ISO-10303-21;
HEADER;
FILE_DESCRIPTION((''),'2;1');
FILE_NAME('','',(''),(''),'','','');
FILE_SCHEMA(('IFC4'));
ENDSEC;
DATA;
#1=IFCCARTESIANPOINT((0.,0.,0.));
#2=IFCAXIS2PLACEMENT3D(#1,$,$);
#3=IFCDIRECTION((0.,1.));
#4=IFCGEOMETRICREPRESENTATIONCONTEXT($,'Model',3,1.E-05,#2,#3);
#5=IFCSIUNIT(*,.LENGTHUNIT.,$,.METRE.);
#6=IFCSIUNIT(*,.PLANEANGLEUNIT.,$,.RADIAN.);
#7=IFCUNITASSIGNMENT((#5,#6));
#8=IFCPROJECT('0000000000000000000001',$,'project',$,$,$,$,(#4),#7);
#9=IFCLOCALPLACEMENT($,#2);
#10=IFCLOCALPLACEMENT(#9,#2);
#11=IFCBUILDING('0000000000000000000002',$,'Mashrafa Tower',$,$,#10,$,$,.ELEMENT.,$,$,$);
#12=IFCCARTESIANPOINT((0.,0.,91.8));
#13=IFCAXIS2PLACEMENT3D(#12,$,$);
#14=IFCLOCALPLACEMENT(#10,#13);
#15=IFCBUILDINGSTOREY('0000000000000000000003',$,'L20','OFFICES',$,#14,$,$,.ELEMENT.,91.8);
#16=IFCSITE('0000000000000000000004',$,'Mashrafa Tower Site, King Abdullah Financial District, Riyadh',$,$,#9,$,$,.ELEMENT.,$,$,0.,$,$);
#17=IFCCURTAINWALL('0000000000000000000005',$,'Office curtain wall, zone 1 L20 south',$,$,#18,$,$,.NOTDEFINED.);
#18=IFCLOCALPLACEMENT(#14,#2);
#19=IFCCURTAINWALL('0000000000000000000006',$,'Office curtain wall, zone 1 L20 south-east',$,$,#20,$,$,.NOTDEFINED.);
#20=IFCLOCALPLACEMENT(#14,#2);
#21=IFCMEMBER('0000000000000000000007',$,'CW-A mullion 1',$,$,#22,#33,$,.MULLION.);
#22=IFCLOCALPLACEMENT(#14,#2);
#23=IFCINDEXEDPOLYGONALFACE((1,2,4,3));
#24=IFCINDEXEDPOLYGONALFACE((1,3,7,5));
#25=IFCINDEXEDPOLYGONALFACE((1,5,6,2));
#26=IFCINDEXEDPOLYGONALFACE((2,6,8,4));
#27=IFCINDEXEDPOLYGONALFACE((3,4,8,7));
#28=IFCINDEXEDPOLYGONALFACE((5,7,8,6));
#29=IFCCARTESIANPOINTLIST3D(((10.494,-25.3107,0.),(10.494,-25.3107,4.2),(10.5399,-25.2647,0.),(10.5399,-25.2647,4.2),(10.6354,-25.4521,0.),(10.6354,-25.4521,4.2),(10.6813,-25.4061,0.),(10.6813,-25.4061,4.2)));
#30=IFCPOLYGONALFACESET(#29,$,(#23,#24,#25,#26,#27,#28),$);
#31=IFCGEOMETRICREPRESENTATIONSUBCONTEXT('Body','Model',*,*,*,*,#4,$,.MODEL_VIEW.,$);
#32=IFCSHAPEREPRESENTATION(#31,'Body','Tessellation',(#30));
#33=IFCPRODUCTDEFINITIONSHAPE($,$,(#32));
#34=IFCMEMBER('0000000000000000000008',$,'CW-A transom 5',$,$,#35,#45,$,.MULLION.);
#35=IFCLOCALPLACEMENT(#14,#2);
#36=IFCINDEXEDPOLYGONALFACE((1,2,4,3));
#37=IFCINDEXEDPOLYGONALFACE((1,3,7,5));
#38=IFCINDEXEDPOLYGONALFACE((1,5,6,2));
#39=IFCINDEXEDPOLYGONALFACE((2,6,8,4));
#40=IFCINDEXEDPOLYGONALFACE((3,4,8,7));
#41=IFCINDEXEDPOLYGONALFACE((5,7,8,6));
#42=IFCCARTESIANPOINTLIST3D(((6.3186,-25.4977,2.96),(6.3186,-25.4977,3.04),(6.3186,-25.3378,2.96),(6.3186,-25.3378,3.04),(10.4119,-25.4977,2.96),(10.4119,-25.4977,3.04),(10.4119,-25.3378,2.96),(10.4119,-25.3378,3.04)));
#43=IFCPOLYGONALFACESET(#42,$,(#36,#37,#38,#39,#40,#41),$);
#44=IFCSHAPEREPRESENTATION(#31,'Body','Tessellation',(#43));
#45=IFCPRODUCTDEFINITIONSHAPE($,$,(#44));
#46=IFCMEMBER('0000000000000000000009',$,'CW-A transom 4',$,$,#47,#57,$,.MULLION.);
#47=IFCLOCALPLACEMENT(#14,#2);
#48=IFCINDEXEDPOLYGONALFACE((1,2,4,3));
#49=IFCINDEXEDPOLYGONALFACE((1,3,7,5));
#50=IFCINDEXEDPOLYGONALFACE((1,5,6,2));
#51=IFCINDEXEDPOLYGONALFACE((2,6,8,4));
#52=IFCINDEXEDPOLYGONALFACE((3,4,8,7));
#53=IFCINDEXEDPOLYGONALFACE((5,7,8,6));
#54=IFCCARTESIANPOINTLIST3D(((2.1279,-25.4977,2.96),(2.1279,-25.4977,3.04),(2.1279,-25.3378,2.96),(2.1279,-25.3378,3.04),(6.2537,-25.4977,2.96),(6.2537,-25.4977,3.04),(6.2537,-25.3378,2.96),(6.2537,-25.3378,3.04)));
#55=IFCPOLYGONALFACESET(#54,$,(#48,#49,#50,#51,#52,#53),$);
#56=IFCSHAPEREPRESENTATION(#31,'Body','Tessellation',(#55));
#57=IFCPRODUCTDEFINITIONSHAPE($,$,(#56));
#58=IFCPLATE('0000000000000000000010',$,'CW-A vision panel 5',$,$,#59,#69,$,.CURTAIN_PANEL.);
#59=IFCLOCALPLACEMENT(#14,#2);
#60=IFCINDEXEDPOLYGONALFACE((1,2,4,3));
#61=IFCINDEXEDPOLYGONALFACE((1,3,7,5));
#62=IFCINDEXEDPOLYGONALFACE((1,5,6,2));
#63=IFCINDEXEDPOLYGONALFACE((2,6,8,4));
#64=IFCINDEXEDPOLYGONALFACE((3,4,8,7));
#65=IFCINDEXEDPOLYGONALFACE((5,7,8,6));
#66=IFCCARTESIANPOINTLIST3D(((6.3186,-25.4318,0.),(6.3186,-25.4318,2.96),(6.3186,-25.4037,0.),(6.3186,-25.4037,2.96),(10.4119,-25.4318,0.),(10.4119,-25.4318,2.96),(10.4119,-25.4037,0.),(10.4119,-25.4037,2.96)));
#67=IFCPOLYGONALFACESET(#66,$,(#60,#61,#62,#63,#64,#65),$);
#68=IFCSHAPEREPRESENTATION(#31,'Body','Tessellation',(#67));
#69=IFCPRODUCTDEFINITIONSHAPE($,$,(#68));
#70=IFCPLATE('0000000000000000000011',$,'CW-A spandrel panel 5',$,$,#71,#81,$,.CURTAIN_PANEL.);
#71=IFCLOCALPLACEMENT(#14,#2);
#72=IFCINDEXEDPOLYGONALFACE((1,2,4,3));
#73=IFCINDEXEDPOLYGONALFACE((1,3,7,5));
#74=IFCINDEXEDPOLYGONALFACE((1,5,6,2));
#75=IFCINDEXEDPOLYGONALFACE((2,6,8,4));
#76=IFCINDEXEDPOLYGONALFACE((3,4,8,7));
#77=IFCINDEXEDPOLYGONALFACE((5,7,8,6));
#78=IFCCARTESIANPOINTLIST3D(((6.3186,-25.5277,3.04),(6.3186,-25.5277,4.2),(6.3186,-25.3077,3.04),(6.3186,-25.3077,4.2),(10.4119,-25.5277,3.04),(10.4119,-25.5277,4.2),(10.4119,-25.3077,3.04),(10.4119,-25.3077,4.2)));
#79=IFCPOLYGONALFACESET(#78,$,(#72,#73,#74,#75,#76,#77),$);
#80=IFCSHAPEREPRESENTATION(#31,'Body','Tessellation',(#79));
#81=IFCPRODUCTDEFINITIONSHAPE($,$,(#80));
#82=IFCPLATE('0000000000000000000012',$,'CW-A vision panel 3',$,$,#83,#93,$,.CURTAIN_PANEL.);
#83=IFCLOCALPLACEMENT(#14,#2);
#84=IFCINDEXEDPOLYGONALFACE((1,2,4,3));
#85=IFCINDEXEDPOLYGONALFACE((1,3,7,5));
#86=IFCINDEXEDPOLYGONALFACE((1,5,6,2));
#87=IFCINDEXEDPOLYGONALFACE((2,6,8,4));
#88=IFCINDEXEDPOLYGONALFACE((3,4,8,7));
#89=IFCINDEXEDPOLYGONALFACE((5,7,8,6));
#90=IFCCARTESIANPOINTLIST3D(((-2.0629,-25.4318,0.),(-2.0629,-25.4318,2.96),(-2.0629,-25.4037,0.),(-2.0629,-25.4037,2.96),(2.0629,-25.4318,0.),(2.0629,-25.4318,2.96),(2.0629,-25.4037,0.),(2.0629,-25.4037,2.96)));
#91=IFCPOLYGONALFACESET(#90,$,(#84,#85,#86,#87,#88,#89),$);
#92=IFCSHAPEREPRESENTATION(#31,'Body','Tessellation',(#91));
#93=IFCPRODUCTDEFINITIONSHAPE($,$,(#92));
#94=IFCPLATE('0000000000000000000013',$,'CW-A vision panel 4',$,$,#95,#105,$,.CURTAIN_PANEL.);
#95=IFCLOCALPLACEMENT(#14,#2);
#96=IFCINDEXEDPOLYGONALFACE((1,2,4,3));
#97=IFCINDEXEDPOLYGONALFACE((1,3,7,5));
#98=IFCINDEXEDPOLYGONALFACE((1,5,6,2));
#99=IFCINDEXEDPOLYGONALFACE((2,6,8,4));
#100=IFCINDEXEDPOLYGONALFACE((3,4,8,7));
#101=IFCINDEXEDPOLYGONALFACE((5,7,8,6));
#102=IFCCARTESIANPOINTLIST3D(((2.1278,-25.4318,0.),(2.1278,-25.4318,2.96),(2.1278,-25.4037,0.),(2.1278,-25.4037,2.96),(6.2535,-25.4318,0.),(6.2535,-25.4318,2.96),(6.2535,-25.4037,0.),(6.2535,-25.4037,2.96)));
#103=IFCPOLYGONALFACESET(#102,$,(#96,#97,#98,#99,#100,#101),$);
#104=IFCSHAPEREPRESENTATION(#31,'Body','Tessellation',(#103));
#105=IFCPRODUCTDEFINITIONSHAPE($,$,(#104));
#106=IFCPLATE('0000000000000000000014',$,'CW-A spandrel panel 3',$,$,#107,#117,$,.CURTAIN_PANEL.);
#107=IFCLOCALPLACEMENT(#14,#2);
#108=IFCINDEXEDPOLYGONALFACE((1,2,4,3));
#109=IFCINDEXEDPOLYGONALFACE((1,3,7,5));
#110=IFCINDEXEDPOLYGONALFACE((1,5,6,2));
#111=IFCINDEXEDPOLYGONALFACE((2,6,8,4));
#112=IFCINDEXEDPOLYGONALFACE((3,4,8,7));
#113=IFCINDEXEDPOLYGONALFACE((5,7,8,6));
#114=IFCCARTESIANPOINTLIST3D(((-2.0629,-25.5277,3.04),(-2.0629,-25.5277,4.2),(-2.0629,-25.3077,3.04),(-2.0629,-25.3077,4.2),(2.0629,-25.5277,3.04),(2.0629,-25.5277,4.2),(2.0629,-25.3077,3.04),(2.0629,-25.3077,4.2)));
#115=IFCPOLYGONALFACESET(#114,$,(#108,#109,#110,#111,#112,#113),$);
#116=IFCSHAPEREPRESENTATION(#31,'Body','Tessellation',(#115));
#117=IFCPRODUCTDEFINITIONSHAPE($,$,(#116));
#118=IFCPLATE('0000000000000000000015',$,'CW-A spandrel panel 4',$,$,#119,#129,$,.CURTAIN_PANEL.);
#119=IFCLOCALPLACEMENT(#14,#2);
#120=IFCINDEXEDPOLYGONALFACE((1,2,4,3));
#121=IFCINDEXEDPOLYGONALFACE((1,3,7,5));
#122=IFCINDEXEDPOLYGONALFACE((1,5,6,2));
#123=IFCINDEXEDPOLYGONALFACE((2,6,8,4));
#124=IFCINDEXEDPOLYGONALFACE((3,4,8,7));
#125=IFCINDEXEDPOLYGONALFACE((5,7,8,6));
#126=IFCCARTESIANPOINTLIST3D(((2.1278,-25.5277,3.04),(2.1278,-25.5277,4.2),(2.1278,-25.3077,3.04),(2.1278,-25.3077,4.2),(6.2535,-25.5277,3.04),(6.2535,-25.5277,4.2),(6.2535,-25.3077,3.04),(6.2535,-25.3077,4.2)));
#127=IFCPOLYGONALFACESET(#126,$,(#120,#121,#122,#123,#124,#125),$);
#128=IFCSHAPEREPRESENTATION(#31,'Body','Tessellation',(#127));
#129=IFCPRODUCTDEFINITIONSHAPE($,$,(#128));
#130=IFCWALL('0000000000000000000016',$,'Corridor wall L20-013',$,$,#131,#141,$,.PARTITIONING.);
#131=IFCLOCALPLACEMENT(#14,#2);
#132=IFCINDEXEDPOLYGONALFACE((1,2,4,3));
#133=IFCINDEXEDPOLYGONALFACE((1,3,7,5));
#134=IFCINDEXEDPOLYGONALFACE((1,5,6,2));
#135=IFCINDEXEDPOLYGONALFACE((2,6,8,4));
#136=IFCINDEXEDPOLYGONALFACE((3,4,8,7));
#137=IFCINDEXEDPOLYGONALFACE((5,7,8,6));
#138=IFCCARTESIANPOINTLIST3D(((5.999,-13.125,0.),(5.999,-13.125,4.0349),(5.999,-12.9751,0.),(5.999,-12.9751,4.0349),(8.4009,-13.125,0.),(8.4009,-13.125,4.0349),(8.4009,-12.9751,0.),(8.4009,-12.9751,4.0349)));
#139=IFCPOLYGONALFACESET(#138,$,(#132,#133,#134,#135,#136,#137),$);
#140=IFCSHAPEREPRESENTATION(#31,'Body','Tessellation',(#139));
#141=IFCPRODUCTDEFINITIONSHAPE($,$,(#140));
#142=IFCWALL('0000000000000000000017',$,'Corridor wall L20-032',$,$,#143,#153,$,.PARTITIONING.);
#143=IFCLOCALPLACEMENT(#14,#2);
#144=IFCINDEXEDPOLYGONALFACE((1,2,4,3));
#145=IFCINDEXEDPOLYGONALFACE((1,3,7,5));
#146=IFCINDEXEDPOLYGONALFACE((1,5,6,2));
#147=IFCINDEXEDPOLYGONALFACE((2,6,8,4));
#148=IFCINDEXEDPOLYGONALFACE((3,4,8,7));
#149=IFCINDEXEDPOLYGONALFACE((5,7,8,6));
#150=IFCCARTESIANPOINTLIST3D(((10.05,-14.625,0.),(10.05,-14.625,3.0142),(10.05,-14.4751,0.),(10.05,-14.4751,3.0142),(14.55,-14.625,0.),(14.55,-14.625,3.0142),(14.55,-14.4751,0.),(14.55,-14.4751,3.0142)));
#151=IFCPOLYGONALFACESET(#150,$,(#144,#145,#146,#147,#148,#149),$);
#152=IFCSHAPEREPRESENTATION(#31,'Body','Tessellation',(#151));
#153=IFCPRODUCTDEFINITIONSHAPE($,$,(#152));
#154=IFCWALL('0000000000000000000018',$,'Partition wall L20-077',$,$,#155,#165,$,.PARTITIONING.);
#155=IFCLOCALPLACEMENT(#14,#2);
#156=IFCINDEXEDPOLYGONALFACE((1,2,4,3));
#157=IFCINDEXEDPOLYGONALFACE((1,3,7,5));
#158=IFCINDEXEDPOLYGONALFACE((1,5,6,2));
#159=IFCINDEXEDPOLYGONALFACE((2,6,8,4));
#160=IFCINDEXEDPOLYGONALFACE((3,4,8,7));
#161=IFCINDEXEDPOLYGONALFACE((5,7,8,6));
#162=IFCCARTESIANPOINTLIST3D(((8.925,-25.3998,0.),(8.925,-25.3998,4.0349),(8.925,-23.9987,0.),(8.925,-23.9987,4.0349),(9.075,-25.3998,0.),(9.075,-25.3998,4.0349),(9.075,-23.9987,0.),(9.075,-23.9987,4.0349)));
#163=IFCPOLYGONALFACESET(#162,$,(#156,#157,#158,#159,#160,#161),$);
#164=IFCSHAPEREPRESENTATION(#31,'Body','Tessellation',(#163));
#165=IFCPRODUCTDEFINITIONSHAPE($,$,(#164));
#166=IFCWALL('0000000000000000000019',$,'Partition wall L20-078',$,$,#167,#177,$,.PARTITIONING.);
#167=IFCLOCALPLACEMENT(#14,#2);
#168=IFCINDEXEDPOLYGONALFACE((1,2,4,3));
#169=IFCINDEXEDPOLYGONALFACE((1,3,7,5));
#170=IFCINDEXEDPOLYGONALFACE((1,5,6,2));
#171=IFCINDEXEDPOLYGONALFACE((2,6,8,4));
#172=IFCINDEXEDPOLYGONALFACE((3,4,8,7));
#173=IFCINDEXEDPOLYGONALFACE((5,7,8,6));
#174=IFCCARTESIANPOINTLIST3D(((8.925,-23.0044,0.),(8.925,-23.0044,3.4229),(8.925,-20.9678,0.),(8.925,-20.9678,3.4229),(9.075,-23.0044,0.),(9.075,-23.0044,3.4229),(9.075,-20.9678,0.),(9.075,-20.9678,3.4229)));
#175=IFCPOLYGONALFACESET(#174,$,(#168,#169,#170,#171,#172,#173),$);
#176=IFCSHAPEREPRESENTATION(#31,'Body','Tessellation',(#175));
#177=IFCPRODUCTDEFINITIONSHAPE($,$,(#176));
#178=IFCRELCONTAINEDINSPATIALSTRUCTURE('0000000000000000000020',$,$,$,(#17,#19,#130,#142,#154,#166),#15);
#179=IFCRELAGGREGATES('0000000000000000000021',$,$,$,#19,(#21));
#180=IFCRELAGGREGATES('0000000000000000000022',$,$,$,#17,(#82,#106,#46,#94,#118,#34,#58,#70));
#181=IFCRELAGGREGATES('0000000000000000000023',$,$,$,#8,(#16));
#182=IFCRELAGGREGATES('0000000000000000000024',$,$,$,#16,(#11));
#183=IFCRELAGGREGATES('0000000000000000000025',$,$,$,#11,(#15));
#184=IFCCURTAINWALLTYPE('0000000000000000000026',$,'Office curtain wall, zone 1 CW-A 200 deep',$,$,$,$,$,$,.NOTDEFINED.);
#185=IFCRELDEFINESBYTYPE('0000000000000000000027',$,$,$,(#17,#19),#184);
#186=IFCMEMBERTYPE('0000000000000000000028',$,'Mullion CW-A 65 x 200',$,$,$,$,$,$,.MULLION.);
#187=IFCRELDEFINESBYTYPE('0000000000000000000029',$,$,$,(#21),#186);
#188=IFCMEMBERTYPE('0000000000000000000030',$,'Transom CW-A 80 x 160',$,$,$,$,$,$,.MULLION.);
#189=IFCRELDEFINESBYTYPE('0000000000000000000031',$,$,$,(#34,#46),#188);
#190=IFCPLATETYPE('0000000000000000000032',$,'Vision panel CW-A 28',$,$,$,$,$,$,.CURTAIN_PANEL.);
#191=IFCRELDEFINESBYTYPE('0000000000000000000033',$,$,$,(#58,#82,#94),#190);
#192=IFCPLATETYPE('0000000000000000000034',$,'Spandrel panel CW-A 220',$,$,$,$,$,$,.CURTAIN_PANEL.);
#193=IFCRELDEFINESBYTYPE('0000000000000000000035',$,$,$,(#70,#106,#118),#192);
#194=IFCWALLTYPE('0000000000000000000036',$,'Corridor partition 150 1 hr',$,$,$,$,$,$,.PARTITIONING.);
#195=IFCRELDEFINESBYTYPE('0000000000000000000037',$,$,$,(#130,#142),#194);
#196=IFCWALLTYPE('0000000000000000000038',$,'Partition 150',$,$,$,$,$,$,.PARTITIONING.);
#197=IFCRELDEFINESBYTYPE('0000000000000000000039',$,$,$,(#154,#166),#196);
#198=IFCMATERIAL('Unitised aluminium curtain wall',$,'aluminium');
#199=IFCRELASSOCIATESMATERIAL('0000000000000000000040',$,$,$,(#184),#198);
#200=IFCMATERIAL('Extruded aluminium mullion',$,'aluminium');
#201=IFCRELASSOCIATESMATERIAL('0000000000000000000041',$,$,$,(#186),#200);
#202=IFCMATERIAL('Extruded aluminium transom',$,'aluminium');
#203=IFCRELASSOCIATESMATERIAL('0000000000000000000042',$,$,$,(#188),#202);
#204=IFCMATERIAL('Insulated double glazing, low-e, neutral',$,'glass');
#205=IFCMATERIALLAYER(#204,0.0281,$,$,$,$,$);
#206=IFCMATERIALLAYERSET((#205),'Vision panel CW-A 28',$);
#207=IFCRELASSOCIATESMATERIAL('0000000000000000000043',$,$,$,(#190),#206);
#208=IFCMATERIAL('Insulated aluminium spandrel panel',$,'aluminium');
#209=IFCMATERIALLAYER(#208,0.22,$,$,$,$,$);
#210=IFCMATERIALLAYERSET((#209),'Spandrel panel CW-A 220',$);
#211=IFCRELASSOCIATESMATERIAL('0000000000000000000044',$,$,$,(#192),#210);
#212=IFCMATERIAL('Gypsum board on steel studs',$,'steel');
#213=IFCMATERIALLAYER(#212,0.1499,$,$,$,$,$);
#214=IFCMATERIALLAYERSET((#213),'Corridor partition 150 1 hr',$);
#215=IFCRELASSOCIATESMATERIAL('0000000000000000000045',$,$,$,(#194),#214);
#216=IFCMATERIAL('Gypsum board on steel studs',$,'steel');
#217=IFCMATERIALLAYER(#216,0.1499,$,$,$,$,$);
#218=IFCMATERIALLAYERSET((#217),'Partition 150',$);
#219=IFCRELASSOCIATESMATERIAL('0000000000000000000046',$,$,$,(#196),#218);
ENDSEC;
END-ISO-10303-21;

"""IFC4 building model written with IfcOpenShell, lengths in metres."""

from ifc_helpers import new_model, si_unit, direction, frame, frame_2d, origin, origin_2d, place, context, subcontext, project, spatial, rectangle, extrude, source, transform, mapped, material, layer, layer_set, material_profile, profile_set, type_object, type_shapes, element, aggregate, save


model = new_model("IFC4")

# Units and contexts
model_context = context("Model", 3, precision=1e-05, world=origin(), true_north=direction((0.0, 1.0)))
body_context = subcontext(model_context, "Body", "Model", "MODEL_VIEW")
ifc_project = project(units=[si_unit("LENGTHUNIT", "METRE"), si_unit("PLANEANGLEUNIT", "RADIAN")], contexts=[model_context])

# Site, building, storey
site_placement = place(None, origin())
site = spatial("IfcSite", under=ifc_project, at=site_placement, Name="Mashrafa Tower Site, King Abdullah Financial District, Riyadh", CompositionType="ELEMENT", RefElevation=0.0)
building_placement = place(site_placement, origin())
building = spatial("IfcBuilding", under=site, at=building_placement, Name="Mashrafa Tower", CompositionType="ELEMENT")
storey_placement = place(building_placement, frame((0.0, 0.0, 91.8)))
storey = spatial("IfcBuildingStorey", under=building, at=storey_placement, Name="L20", Description="OFFICES", CompositionType="ELEMENT", Elevation=91.8)

# Curtain wall
ifc_material_1 = material(Name="Unitised aluminium curtain wall", Category="aluminium")
curtain_wall_type = type_object("IfcCurtainWallType", Name="Office curtain wall, zone 1 CW-A 200 deep", PredefinedType="NOTDEFINED", material=ifc_material_1)
curtain_wall_1_placement = place(storey_placement, origin())
curtain_wall_1 = element("IfcCurtainWall", 1, at=curtain_wall_1_placement, inside=storey, type_object=curtain_wall_type, Name="Office curtain wall, zone 1 L20 south", PredefinedType="NOTDEFINED")
ifc_material_2 = material(Name="Extruded aluminium mullion", Category="aluminium")
ifc_material_profile_1 = material_profile(ifc_material_2, rectangle(XDim=0.2, YDim=0.0649, at=origin_2d()), Name="Mullion 65x200")
ifc_profile_set_1 = profile_set([ifc_material_profile_1], Name="Extruded aluminium mullion")
member_type_1 = type_object("IfcMemberType", Name="Mullion CW-A 65 x 200", PredefinedType="MULLION", material=ifc_profile_set_1)
shared_shape_1 = source(origin(), body_context, "Body", "SweptSolid", [
    extrude(rectangle(XDim=0.2, YDim=0.0649, at=origin_2d()), origin(), (0.0, 0.0, 1.0), 4.2),
])
type_shapes(member_type_1, [shared_shape_1])

# Curtain wall, member
curtain_wall_2_placement = place(storey_placement, origin())
curtain_wall_2 = element("IfcCurtainWall", 2, at=curtain_wall_2_placement, inside=storey, type_object=curtain_wall_type, Name="Office curtain wall, zone 1 L20 south-east", PredefinedType="NOTDEFINED")
member_1_placement = place(storey_placement, frame((10.5876, -25.3584, 0.0), z_axis=(0.0, 0.0, 1.0), x_axis=(-0.707107, 0.707107, 0.0)))
member_1 = element("IfcMember", 3, at=member_1_placement, type_object=member_type_1, Name="CW-A mullion 1", PredefinedType="MULLION", context=body_context, shape_type="MappedRepresentation", body=[
    mapped(shared_shape_1, transform((0.0, 0.0, 0.0))),
])
aggregate(curtain_wall_2, [member_1])

# Members
ifc_material_3 = material(Name="Extruded aluminium transom", Category="aluminium")
ifc_material_profile_2 = material_profile(ifc_material_3, rectangle(XDim=0.1599, YDim=0.0801, at=origin_2d()), Name="Transom 80x160")
ifc_profile_set_2 = profile_set([ifc_material_profile_2], Name="Extruded aluminium transom")
member_type_2 = type_object("IfcMemberType", Name="Transom CW-A 80 x 160", PredefinedType="MULLION", material=ifc_profile_set_2)
shared_shape_2 = source(origin(), body_context, "Body", "SweptSolid", [
    extrude(rectangle(XDim=0.1599, YDim=0.0801, at=origin_2d()), origin(), (0.0, 0.0, 1.0), 4.0933),
])
member_2_placement = place(storey_placement, frame((6.3186, -25.4177, 3.0), z_axis=(1.0, 0.0, 0.0), x_axis=(0.0, 1.0, 0.0)))
member_2 = element("IfcMember", 4, at=member_2_placement, type_object=member_type_2, Name="CW-A transom 5", PredefinedType="MULLION", context=body_context, shape_type="MappedRepresentation", body=[
    mapped(shared_shape_2, transform((0.0, 0.0, 0.0))),
])
shared_shape_3 = source(origin(), body_context, "Body", "SweptSolid", [
    extrude(rectangle(XDim=0.1599, YDim=0.0801, at=origin_2d()), origin(), (0.0, 0.0, 1.0), 4.1257),
])
type_shapes(member_type_2, [shared_shape_2, shared_shape_3])
member_3_placement = place(storey_placement, frame((2.1279, -25.4177, 3.0), z_axis=(1.0, 0.0, 0.0), x_axis=(0.0, 1.0, 0.0)))
member_3 = element("IfcMember", 5, at=member_3_placement, type_object=member_type_2, Name="CW-A transom 4", PredefinedType="MULLION", context=body_context, shape_type="MappedRepresentation", body=[
    mapped(shared_shape_3, transform((0.0, 0.0, 0.0))),
])

# Plates
ifc_material_4 = material(Name="Insulated double glazing, low-e, neutral", Category="glass")
ifc_layer_1 = layer(ifc_material_4, 0.0281)
ifc_layer_set_1 = layer_set([ifc_layer_1], Name="Vision panel CW-A 28")
plate_type_1 = type_object("IfcPlateType", Name="Vision panel CW-A 28", PredefinedType="CURTAIN_PANEL", material=ifc_layer_set_1)
shared_shape_4 = source(origin(), body_context, "Body", "SweptSolid", [
    extrude(rectangle(XDim=4.0933, YDim=0.0281, at=origin_2d()), origin(), (0.0, 0.0, 1.0), 2.96),
])
plate_1_placement = place(storey_placement, frame((8.3652, -25.4177, 0.0), z_axis=(0.0, 0.0, 1.0), x_axis=(1.0, 0.0, 0.0)))
plate_1 = element("IfcPlate", 6, at=plate_1_placement, type_object=plate_type_1, Name="CW-A vision panel 5", PredefinedType="CURTAIN_PANEL", context=body_context, shape_type="MappedRepresentation", body=[
    mapped(shared_shape_4, transform((0.0, 0.0, 0.0))),
])
ifc_material_5 = material(Name="Insulated aluminium spandrel panel", Category="aluminium")
ifc_layer_2 = layer(ifc_material_5, 0.22)
ifc_layer_set_2 = layer_set([ifc_layer_2], Name="Spandrel panel CW-A 220")
plate_type_2 = type_object("IfcPlateType", Name="Spandrel panel CW-A 220", PredefinedType="CURTAIN_PANEL", material=ifc_layer_set_2)
shared_shape_5 = source(origin(), body_context, "Body", "SweptSolid", [
    extrude(rectangle(XDim=4.0933, YDim=0.22, at=origin_2d()), origin(), (0.0, 0.0, 1.0), 1.1599),
])
plate_2_placement = place(storey_placement, frame((8.3652, -25.4177, 3.04), z_axis=(0.0, 0.0, 1.0), x_axis=(1.0, 0.0, 0.0)))
plate_2 = element("IfcPlate", 7, at=plate_2_placement, type_object=plate_type_2, Name="CW-A spandrel panel 5", PredefinedType="CURTAIN_PANEL", context=body_context, shape_type="MappedRepresentation", body=[
    mapped(shared_shape_5, transform((0.0, 0.0, 0.0))),
])
shared_shape_6 = source(origin(), body_context, "Body", "SweptSolid", [
    extrude(rectangle(XDim=4.1257, YDim=0.0281, at=origin_2d()), origin(), (0.0, 0.0, 1.0), 2.96),
])
type_shapes(plate_type_1, [shared_shape_4, shared_shape_6])
plate_3_placement = place(storey_placement, frame((0.0, -25.4177, 0.0), z_axis=(0.0, 0.0, 1.0), x_axis=(1.0, 0.0, 0.0)))
plate_3 = element("IfcPlate", 8, at=plate_3_placement, type_object=plate_type_1, Name="CW-A vision panel 3", PredefinedType="CURTAIN_PANEL", context=body_context, shape_type="MappedRepresentation", body=[
    mapped(shared_shape_6, transform((0.0, 0.0, 0.0))),
])
plate_4_placement = place(storey_placement, frame((4.1907, -25.4177, 0.0), z_axis=(0.0, 0.0, 1.0), x_axis=(1.0, 0.0, 0.0)))
plate_4 = element("IfcPlate", 9, at=plate_4_placement, type_object=plate_type_1, Name="CW-A vision panel 4", PredefinedType="CURTAIN_PANEL", context=body_context, shape_type="MappedRepresentation", body=[
    mapped(shared_shape_6, transform((0.0, 0.0, 0.0))),
])
shared_shape_7 = source(origin(), body_context, "Body", "SweptSolid", [
    extrude(rectangle(XDim=4.1257, YDim=0.22, at=origin_2d()), origin(), (0.0, 0.0, 1.0), 1.1599),
])
type_shapes(plate_type_2, [shared_shape_5, shared_shape_7])
plate_5_placement = place(storey_placement, frame((0.0, -25.4177, 3.04), z_axis=(0.0, 0.0, 1.0), x_axis=(1.0, 0.0, 0.0)))
plate_5 = element("IfcPlate", 10, at=plate_5_placement, type_object=plate_type_2, Name="CW-A spandrel panel 3", PredefinedType="CURTAIN_PANEL", context=body_context, shape_type="MappedRepresentation", body=[
    mapped(shared_shape_7, transform((0.0, 0.0, 0.0))),
])
plate_6_placement = place(storey_placement, frame((4.1907, -25.4177, 3.04), z_axis=(0.0, 0.0, 1.0), x_axis=(1.0, 0.0, 0.0)))
plate_6 = element("IfcPlate", 11, at=plate_6_placement, type_object=plate_type_2, Name="CW-A spandrel panel 4", PredefinedType="CURTAIN_PANEL", context=body_context, shape_type="MappedRepresentation", body=[
    mapped(shared_shape_7, transform((0.0, 0.0, 0.0))),
])
aggregate(curtain_wall_1, [plate_3, plate_5, member_3, plate_4, plate_6, member_2, plate_1, plate_2])

# Walls
ifc_material_6 = material(Name="Gypsum board on steel studs", Category="steel")
ifc_layer_3 = layer(ifc_material_6, 0.1499)
ifc_layer_set_3 = layer_set([ifc_layer_3], Name="Corridor partition 150 1 hr")
wall_type_1 = type_object("IfcWallType", Name="Corridor partition 150 1 hr", PredefinedType="PARTITIONING", material=ifc_layer_set_3)
wall_1_placement = place(storey_placement, frame((5.999, -13.05, 0.0), z_axis=(0.0, 0.0, 1.0), x_axis=(1.0, 0.0, 0.0)))
element("IfcWall", 12, at=wall_1_placement, inside=storey, type_object=wall_type_1, Name="Corridor wall L20-013", PredefinedType="PARTITIONING", context=body_context, shape_type="SweptSolid", body=[
    extrude(rectangle(XDim=2.4019, YDim=0.1499, at=frame_2d((1.2009, 0.0))), origin(), (0.0, 0.0, 1.0), 4.0349),
])
wall_2_placement = place(storey_placement, frame((10.05, -14.55, 0.0), z_axis=(0.0, 0.0, 1.0), x_axis=(1.0, 0.0, 0.0)))
element("IfcWall", 13, at=wall_2_placement, inside=storey, type_object=wall_type_1, Name="Corridor wall L20-032", PredefinedType="PARTITIONING", context=body_context, shape_type="SweptSolid", body=[
    extrude(rectangle(XDim=4.5, YDim=0.1499, at=frame_2d((2.25, 0.0))), origin(), (0.0, 0.0, 1.0), 3.0142),
])
ifc_material_7 = material(Name="Gypsum board on steel studs", Category="steel")
ifc_layer_4 = layer(ifc_material_7, 0.1499)
ifc_layer_set_4 = layer_set([ifc_layer_4], Name="Partition 150")
wall_type_2 = type_object("IfcWallType", Name="Partition 150", PredefinedType="PARTITIONING", material=ifc_layer_set_4)
wall_3_placement = place(storey_placement, frame((9.0, -25.3999, 0.0), z_axis=(0.0, 0.0, 1.0), x_axis=(0.0, 1.0, 0.0)))
element("IfcWall", 14, at=wall_3_placement, inside=storey, type_object=wall_type_2, Name="Partition wall L20-077", PredefinedType="PARTITIONING", context=body_context, shape_type="SweptSolid", body=[
    extrude(rectangle(XDim=1.4011, YDim=0.1499, at=frame_2d((0.7007, 0.0))), origin(), (0.0, 0.0, 1.0), 4.0349),
])
wall_4_placement = place(storey_placement, frame((9.0, -23.0044, 0.0), z_axis=(0.0, 0.0, 1.0), x_axis=(0.0, 1.0, 0.0)))
element("IfcWall", 15, at=wall_4_placement, inside=storey, type_object=wall_type_2, Name="Partition wall L20-078", PredefinedType="PARTITIONING", context=body_context, shape_type="SweptSolid", body=[
    extrude(rectangle(XDim=2.0366, YDim=0.1499, at=frame_2d((1.0183, 0.0))), origin(), (0.0, 0.0, 1.0), 3.4229),
])

save(model, "model.ifc")
